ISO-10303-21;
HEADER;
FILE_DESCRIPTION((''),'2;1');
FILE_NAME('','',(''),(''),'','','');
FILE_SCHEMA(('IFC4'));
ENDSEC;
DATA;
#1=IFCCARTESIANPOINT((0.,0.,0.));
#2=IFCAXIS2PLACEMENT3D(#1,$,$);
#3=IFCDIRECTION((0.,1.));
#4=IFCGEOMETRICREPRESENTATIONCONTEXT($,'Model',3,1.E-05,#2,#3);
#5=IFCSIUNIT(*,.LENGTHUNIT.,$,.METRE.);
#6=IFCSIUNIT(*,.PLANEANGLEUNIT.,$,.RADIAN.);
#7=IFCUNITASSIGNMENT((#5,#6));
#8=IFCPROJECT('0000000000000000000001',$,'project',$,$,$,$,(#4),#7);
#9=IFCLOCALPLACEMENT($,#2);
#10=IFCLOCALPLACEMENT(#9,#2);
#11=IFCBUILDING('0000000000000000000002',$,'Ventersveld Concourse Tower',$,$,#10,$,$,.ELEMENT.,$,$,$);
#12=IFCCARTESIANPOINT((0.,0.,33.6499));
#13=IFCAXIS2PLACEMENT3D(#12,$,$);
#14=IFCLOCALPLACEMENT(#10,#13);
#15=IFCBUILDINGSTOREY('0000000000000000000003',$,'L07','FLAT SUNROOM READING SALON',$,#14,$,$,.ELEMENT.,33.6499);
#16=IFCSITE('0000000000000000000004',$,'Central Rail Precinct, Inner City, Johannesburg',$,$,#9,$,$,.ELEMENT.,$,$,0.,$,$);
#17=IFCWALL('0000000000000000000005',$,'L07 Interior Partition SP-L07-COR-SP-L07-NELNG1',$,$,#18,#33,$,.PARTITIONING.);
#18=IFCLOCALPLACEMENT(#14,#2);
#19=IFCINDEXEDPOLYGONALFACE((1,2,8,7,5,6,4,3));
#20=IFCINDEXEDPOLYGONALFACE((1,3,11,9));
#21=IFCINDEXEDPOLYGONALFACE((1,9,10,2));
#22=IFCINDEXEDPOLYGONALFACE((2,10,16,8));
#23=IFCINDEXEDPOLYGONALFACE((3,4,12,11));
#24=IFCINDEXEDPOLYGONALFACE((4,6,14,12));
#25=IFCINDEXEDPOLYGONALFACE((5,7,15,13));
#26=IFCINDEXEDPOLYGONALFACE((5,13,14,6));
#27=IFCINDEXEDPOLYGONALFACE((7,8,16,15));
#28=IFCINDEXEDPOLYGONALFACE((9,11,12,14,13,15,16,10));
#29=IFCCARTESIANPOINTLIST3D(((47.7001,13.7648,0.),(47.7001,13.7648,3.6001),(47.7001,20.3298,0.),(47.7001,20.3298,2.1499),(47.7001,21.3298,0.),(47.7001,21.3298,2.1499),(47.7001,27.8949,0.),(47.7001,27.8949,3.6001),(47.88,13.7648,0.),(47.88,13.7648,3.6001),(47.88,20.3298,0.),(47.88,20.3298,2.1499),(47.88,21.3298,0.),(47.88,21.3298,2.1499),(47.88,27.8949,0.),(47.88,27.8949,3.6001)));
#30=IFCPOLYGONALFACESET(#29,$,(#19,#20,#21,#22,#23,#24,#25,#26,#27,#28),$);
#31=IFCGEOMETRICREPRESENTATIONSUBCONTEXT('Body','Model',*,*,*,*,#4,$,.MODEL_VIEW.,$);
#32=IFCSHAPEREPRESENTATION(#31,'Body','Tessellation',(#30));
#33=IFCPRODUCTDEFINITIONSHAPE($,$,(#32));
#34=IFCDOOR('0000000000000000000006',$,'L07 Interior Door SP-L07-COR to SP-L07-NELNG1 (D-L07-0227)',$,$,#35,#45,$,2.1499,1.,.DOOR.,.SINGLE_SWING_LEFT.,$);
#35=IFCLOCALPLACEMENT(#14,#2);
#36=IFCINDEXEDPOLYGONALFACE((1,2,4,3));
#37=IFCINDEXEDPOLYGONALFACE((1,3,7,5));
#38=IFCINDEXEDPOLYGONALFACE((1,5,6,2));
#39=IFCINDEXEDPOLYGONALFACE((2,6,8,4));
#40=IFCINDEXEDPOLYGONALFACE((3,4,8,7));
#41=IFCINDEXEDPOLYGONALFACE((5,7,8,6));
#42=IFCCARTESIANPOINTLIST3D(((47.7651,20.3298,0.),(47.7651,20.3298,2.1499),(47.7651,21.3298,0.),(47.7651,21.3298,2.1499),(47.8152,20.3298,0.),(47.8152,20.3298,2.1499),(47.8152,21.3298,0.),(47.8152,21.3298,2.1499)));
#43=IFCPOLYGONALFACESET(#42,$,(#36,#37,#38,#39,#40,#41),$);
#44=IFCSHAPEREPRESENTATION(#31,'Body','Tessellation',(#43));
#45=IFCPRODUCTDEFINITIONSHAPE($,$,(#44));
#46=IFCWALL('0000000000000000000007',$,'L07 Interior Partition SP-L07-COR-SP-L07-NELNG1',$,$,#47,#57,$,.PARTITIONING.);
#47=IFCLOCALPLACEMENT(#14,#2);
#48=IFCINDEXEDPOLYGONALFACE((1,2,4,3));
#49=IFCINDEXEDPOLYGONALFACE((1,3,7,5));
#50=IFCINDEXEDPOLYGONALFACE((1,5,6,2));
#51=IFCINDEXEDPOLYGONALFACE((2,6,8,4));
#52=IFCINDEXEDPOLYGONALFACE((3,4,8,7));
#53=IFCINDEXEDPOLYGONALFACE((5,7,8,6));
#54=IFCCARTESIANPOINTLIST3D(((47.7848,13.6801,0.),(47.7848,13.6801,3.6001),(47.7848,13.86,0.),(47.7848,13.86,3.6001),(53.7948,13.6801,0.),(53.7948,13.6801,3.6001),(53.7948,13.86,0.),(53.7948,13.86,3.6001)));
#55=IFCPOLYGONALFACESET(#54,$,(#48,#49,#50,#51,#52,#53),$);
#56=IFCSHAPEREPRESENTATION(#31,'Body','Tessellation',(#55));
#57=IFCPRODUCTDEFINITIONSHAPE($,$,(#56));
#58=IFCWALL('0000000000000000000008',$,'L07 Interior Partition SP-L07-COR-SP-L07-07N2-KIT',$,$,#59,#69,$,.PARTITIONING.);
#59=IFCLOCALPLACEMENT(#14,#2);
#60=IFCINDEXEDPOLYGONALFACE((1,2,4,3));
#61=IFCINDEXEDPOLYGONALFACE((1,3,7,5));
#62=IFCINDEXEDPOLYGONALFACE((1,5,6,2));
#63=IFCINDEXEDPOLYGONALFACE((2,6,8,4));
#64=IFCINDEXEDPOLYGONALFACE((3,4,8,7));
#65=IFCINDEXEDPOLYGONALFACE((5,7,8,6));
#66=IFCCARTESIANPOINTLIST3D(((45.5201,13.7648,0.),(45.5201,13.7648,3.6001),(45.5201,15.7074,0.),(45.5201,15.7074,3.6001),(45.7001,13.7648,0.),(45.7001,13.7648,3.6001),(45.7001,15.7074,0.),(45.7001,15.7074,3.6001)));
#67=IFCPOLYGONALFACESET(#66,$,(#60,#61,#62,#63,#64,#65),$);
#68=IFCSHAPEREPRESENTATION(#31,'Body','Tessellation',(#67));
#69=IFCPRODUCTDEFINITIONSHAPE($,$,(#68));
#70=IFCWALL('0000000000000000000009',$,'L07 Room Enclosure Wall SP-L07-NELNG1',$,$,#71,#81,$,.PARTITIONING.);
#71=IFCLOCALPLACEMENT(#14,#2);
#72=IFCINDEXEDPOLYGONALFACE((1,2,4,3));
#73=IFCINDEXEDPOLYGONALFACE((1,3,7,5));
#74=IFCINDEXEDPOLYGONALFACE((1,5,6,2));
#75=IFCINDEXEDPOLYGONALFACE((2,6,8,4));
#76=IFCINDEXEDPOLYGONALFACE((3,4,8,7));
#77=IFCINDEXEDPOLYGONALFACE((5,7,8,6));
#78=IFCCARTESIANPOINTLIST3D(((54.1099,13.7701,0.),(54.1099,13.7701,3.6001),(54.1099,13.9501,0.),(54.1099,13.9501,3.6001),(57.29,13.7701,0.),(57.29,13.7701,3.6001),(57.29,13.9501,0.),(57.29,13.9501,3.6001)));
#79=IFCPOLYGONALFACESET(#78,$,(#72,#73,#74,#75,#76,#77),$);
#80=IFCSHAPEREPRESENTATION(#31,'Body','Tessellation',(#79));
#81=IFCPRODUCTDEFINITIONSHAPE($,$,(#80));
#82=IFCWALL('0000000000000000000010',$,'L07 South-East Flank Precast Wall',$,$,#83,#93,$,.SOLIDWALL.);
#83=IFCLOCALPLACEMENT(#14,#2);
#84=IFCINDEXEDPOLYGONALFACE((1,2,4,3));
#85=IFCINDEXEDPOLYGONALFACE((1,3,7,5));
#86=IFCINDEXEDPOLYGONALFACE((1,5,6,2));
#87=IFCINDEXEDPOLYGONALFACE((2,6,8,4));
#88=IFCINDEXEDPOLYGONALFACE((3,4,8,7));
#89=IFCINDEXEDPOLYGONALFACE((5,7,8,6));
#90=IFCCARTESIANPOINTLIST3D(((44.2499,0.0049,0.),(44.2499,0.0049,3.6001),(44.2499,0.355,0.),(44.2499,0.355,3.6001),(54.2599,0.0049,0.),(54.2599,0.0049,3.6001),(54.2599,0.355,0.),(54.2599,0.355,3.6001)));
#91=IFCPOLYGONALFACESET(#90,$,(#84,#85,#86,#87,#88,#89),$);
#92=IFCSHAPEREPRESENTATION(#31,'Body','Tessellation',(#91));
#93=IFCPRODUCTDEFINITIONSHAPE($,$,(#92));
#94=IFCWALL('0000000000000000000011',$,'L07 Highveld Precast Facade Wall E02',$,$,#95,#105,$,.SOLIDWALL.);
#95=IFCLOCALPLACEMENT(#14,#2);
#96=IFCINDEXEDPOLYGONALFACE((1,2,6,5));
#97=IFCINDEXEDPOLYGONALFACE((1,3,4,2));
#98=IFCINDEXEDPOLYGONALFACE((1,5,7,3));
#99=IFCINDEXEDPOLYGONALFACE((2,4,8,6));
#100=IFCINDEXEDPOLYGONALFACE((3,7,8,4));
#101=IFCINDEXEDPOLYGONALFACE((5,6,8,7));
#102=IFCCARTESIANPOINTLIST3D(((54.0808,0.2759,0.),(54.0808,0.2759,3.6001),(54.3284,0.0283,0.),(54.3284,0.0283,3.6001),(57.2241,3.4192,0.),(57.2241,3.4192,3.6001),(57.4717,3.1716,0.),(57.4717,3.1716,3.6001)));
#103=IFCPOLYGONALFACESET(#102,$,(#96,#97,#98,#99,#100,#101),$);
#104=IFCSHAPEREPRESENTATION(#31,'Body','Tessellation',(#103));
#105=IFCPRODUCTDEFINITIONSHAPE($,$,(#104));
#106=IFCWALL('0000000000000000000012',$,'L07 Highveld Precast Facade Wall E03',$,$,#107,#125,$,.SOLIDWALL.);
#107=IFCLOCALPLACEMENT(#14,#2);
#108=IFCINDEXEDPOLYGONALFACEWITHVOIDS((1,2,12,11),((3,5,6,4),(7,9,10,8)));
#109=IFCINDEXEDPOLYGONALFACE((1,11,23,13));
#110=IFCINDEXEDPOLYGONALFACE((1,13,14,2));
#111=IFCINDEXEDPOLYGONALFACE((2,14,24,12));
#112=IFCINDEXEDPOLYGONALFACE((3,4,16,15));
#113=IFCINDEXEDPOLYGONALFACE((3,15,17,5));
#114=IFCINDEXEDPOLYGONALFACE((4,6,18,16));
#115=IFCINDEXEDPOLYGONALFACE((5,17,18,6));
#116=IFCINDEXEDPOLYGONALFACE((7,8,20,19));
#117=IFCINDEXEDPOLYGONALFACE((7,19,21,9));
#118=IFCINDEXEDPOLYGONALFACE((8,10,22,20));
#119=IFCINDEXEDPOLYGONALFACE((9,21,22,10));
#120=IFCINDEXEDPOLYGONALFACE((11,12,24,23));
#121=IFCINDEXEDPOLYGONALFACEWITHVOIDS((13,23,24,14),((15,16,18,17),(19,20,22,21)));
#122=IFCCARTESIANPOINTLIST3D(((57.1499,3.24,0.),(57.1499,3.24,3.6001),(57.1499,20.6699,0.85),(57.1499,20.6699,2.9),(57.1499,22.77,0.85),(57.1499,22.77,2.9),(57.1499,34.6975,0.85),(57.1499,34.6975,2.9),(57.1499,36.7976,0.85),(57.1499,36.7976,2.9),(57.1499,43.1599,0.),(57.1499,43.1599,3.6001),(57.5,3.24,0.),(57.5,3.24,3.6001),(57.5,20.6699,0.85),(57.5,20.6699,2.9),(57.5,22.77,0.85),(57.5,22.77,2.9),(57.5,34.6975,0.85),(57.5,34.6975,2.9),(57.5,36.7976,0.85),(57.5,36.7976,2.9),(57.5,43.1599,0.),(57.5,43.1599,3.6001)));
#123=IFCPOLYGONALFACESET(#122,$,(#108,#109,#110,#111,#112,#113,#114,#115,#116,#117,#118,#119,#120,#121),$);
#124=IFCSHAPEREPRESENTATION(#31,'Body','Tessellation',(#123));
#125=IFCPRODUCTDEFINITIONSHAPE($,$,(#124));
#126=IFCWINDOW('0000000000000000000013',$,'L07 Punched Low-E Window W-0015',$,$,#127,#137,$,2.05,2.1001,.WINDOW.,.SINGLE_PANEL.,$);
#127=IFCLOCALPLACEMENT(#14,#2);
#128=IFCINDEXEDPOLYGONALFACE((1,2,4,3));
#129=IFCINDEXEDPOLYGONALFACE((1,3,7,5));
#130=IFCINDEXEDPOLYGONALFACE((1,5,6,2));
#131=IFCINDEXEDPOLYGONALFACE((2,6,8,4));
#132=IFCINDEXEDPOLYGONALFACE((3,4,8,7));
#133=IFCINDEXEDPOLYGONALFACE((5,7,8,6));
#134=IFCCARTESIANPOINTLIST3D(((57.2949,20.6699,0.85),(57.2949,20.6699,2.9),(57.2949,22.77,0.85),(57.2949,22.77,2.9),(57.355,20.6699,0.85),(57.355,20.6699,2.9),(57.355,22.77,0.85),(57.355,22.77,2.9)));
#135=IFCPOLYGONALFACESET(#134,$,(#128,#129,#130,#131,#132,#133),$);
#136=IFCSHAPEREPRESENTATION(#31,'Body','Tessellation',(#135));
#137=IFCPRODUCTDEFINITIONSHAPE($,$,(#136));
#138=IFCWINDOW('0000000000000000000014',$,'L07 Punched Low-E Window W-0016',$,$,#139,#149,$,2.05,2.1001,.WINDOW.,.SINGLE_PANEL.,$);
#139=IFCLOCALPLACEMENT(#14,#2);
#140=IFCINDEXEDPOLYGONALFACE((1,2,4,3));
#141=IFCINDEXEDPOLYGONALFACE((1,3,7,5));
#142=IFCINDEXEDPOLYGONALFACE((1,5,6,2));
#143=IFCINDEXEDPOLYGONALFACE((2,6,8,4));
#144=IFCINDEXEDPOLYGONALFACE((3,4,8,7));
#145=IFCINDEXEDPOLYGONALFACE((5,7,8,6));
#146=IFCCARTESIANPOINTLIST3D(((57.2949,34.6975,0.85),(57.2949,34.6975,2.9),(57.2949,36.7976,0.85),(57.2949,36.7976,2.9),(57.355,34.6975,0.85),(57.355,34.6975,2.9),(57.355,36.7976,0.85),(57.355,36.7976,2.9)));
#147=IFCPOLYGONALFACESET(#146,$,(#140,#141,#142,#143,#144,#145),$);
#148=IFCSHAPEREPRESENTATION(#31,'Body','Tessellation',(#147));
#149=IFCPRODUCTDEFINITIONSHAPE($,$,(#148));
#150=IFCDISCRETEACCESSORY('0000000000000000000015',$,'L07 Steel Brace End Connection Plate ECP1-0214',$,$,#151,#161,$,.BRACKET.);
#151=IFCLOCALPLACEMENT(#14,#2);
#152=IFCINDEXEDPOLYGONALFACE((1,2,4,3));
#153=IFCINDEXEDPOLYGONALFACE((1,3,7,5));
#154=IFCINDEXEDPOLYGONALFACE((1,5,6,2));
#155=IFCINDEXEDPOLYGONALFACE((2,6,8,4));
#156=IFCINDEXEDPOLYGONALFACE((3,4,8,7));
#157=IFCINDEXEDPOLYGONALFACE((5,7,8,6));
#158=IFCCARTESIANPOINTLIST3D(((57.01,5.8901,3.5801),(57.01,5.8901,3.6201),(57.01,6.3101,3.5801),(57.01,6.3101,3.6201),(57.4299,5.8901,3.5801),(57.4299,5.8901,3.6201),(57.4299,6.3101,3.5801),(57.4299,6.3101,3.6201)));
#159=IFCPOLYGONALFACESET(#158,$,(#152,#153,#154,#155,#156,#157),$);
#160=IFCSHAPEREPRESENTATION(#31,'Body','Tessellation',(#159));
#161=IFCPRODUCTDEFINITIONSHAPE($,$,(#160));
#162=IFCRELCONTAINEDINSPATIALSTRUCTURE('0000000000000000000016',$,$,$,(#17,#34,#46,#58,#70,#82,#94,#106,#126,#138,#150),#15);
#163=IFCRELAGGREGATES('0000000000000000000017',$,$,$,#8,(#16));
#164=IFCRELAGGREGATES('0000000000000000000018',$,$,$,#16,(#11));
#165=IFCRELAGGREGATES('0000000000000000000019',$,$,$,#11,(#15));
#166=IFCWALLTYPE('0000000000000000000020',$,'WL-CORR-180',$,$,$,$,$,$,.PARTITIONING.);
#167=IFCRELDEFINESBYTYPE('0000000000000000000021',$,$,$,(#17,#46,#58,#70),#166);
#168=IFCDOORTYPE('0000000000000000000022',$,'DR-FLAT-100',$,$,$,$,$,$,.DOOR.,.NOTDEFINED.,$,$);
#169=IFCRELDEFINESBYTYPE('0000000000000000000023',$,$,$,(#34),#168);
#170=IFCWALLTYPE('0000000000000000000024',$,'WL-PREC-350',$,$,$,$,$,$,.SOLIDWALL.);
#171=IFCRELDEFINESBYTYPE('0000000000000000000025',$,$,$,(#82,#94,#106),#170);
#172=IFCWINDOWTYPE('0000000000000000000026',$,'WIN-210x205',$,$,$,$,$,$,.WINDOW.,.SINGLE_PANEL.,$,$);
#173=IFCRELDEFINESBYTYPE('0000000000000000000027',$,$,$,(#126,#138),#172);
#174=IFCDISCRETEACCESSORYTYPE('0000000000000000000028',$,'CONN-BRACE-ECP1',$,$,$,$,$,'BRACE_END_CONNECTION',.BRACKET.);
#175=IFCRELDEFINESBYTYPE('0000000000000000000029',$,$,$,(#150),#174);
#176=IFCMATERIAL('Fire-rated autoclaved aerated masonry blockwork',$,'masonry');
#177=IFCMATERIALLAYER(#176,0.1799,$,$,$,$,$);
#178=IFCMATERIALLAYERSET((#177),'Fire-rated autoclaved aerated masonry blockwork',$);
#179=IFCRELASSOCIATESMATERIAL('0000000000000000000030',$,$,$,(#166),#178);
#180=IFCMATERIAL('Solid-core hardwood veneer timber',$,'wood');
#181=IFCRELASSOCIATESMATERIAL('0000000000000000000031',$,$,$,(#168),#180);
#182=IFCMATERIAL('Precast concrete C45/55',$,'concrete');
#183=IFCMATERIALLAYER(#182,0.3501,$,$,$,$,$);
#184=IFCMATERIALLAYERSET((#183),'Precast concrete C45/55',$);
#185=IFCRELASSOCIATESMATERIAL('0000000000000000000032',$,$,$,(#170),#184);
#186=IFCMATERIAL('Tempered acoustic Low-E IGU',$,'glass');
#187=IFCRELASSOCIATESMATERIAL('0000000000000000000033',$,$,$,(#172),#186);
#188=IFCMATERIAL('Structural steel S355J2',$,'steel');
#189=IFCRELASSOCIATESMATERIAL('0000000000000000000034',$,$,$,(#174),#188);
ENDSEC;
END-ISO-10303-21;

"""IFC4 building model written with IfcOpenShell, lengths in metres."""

from ifc_helpers import new_model, si_unit, direction, frame, frame_2d, origin, origin_2d, place, context, subcontext, project, spatial, rectangle, extrude, material, layer, layer_set, type_object, element, fill, save


model = new_model("IFC4")

# Units and contexts
model_context = context("Model", 3, precision=1e-05, world=origin(), true_north=direction((0.0, 1.0)))
body_context = subcontext(model_context, "Body", "Model", "MODEL_VIEW")
ifc_project = project(units=[si_unit("LENGTHUNIT", "METRE"), si_unit("PLANEANGLEUNIT", "RADIAN")], contexts=[model_context])

# Site, building, storey
site_placement = place(None, origin())
site = spatial("IfcSite", under=ifc_project, at=site_placement, Name="Central Rail Precinct, Inner City, Johannesburg", CompositionType="ELEMENT", RefElevation=0.0)
building_placement = place(site_placement, origin())
building = spatial("IfcBuilding", under=site, at=building_placement, Name="Ventersveld Concourse Tower", CompositionType="ELEMENT")
storey_placement = place(building_placement, frame((0.0, 0.0, 33.6499)))
storey = spatial("IfcBuildingStorey", under=building, at=storey_placement, Name="L07", Description="FLAT SUNROOM READING SALON", CompositionType="ELEMENT", Elevation=33.6499)

# Shared definitions
ifc_material_1 = material(Name="Structural steel S355J2", Category="steel")

# Wall, opening, door
ifc_material_2 = material(Name="Fire-rated autoclaved aerated masonry blockwork", Category="masonry")
ifc_layer_1 = layer(ifc_material_2, 0.1799)
ifc_layer_set_1 = layer_set([ifc_layer_1], Name="Fire-rated autoclaved aerated masonry blockwork")
wall_type_1 = type_object("IfcWallType", Name="WL-CORR-180", PredefinedType="PARTITIONING", material=ifc_layer_set_1)
wall_1_placement = place(storey_placement, frame((47.79, 13.7649, 0.0), z_axis=(0.0, 0.0, 1.0), x_axis=(0.0, 1.0, 0.0)))
wall_1 = element("IfcWall", 1, at=wall_1_placement, inside=storey, type_object=wall_type_1, Name="L07 Interior Partition SP-L07-COR-SP-L07-NELNG1", PredefinedType="PARTITIONING", context=body_context, shape_type="SweptSolid", body=[
    extrude(rectangle(XDim=14.1301, YDim=0.1799, at=frame_2d((7.0649, 0.0))), origin(), (0.0, 0.0, 1.0), 3.6001),
])
opening_1_placement = place(wall_1_placement, frame((6.5649, 0.0, 0.0)))
opening_1 = element("IfcOpeningElement", 2, at=opening_1_placement, cuts=wall_1, PredefinedType="OPENING", context=body_context, shape_type="SweptSolid", body=[
    extrude(rectangle(XDim=1.0, YDim=2.1499, at=frame_2d((0.5, 1.075))), frame((0.0, 0.1001, 0.0), z_axis=(0.0, -1.0, 0.0), x_axis=(1.0, 0.0, 0.0)), (0.0, 0.0, 1.0), 0.2),
])
ifc_material_3 = material(Name="Solid-core hardwood veneer timber", Category="wood")
door_type = type_object("IfcDoorType", Name="DR-FLAT-100", OperationType="NOTDEFINED", PredefinedType="DOOR", material=ifc_material_3)
door_placement = place(opening_1_placement, origin())
door = element("IfcDoor", 3, at=door_placement, inside=storey, type_object=door_type, Name="L07 Interior Door SP-L07-COR to SP-L07-NELNG1 (D-L07-0227)", OperationType="SINGLE_SWING_LEFT", OverallHeight=2.1499, OverallWidth=1.0, PredefinedType="DOOR", context=body_context, shape_type="SweptSolid", body=[
    extrude(rectangle(XDim=1.0, YDim=2.1499, at=frame_2d((0.5, 1.075))), frame((0.0, 0.0249, 0.0), z_axis=(0.0, -1.0, 0.0), x_axis=(1.0, 0.0, 0.0)), (0.0, 0.0, 1.0), 0.05),
])
fill(opening_1, door)

# Walls
wall_2_placement = place(storey_placement, frame((47.7849, 13.77, 0.0), z_axis=(0.0, 0.0, 1.0), x_axis=(1.0, 0.0, 0.0)))
element("IfcWall", 4, at=wall_2_placement, inside=storey, type_object=wall_type_1, Name="L07 Interior Partition SP-L07-COR-SP-L07-NELNG1", PredefinedType="PARTITIONING", context=body_context, shape_type="SweptSolid", body=[
    extrude(rectangle(XDim=6.01, YDim=0.1799, at=frame_2d((3.0049, 0.0))), origin(), (0.0, 0.0, 1.0), 3.6001),
])
wall_3_placement = place(storey_placement, frame((45.6101, 13.7649, 0.0), z_axis=(0.0, 0.0, 1.0), x_axis=(0.0, 1.0, 0.0)))
element("IfcWall", 5, at=wall_3_placement, inside=storey, type_object=wall_type_1, Name="L07 Interior Partition SP-L07-COR-SP-L07-07N2-KIT", PredefinedType="PARTITIONING", context=body_context, shape_type="SweptSolid", body=[
    extrude(rectangle(XDim=1.9426, YDim=0.1799, at=frame_2d((0.9712, 0.0))), origin(), (0.0, 0.0, 1.0), 3.6001),
])
wall_4_placement = place(storey_placement, frame((57.29, 13.8601, 0.0), z_axis=(0.0, 0.0, 1.0), x_axis=(-1.0, 0.0, 0.0)))
element("IfcWall", 6, at=wall_4_placement, inside=storey, type_object=wall_type_1, Name="L07 Room Enclosure Wall SP-L07-NELNG1", PredefinedType="PARTITIONING", context=body_context, shape_type="SweptSolid", body=[
    extrude(rectangle(XDim=3.1802, YDim=0.1799, at=frame_2d((1.5901, 0.0))), origin(), (0.0, 0.0, 1.0), 3.6001),
])
ifc_material_4 = material(Name="Precast concrete C45/55", Category="concrete")
ifc_layer_2 = layer(ifc_material_4, 0.3501)
ifc_layer_set_2 = layer_set([ifc_layer_2], Name="Precast concrete C45/55")
wall_type_2 = type_object("IfcWallType", Name="WL-PREC-350", PredefinedType="SOLIDWALL", material=ifc_layer_set_2)
wall_5_placement = place(storey_placement, frame((44.25, 0.1799, 0.0), z_axis=(0.0, 0.0, 1.0), x_axis=(1.0, 0.0, 0.0)))
element("IfcWall", 7, at=wall_5_placement, inside=storey, type_object=wall_type_2, Name="L07 South-East Flank Precast Wall", PredefinedType="SOLIDWALL", context=body_context, shape_type="SweptSolid", body=[
    extrude(rectangle(XDim=10.01, YDim=0.3501, at=frame_2d((5.0049, 0.0))), origin(), (0.0, 0.0, 1.0), 3.6001),
])
wall_6_placement = place(storey_placement, frame((54.2046, 0.1521, 0.0), z_axis=(0.0, 0.0, 1.0), x_axis=(0.707107, 0.707107, 0.0)))
element("IfcWall", 8, at=wall_6_placement, inside=storey, type_object=wall_type_2, Name="L07 Highveld Precast Facade Wall E02", PredefinedType="SOLIDWALL", context=body_context, shape_type="SweptSolid", body=[
    extrude(rectangle(XDim=4.4453, YDim=0.3501, at=frame_2d((2.2227, 0.0))), origin(), (0.0, 0.0, 1.0), 3.6001),
])

# Wall, openings, windows
wall_7_placement = place(storey_placement, frame((57.325, 3.24, 0.0), z_axis=(0.0, 0.0, 1.0), x_axis=(0.0, 1.0, 0.0)))
wall_7 = element("IfcWall", 9, at=wall_7_placement, inside=storey, type_object=wall_type_2, Name="L07 Highveld Precast Facade Wall E03", PredefinedType="SOLIDWALL", context=body_context, shape_type="SweptSolid", body=[
    extrude(rectangle(XDim=39.9199, YDim=0.3501, at=frame_2d((19.96, 0.0))), origin(), (0.0, 0.0, 1.0), 3.6001),
])
opening_2_placement = place(wall_7_placement, frame((17.4299, 0.0, 0.8501)))
opening_2 = element("IfcOpeningElement", 10, at=opening_2_placement, cuts=wall_7, PredefinedType="OPENING", context=body_context, shape_type="SweptSolid", body=[
    extrude(rectangle(XDim=2.1001, YDim=2.05, at=frame_2d((1.05, 1.0249))), frame((0.0, 0.1851, 0.0), z_axis=(0.0, -1.0, 0.0), x_axis=(1.0, 0.0, 0.0)), (0.0, 0.0, 1.0), 0.3701),
])
opening_3_placement = place(wall_7_placement, frame((31.4575, 0.0, 0.8501)))
opening_3 = element("IfcOpeningElement", 11, at=opening_3_placement, cuts=wall_7, PredefinedType="OPENING", context=body_context, shape_type="SweptSolid", body=[
    extrude(rectangle(XDim=2.1001, YDim=2.05, at=frame_2d((1.05, 1.0249))), frame((0.0, 0.1851, 0.0), z_axis=(0.0, -1.0, 0.0), x_axis=(1.0, 0.0, 0.0)), (0.0, 0.0, 1.0), 0.3701),
])
ifc_material_5 = material(Name="Tempered acoustic Low-E IGU", Category="glass")
window_type = type_object("IfcWindowType", Name="WIN-210x205", PartitioningType="SINGLE_PANEL", PredefinedType="WINDOW", material=ifc_material_5)
window_1_placement = place(opening_2_placement, origin())
window_1 = element("IfcWindow", 12, at=window_1_placement, inside=storey, type_object=window_type, Name="L07 Punched Low-E Window W-0015", OverallHeight=2.05, OverallWidth=2.1001, PartitioningType="SINGLE_PANEL", PredefinedType="WINDOW", context=body_context, shape_type="SweptSolid", body=[
    extrude(rectangle(XDim=2.1001, YDim=2.05, at=frame_2d((1.05, 1.0249))), frame((0.0, 0.03, 0.0), z_axis=(0.0, -1.0, 0.0), x_axis=(1.0, 0.0, 0.0)), (0.0, 0.0, 1.0), 0.0601),
])
fill(opening_2, window_1)
window_2_placement = place(opening_3_placement, origin())
window_2 = element("IfcWindow", 13, at=window_2_placement, inside=storey, type_object=window_type, Name="L07 Punched Low-E Window W-0016", OverallHeight=2.05, OverallWidth=2.1001, PartitioningType="SINGLE_PANEL", PredefinedType="WINDOW", context=body_context, shape_type="SweptSolid", body=[
    extrude(rectangle(XDim=2.1001, YDim=2.05, at=frame_2d((1.05, 1.0249))), frame((0.0, 0.03, 0.0), z_axis=(0.0, -1.0, 0.0), x_axis=(1.0, 0.0, 0.0)), (0.0, 0.0, 1.0), 0.0601),
])
fill(opening_3, window_2)

# Discrete accessory
discrete_accessory_type = type_object("IfcDiscreteAccessoryType", Name="CONN-BRACE-ECP1", ElementType="BRACE_END_CONNECTION", PredefinedType="BRACKET", material=ifc_material_1)
discrete_accessory_placement = place(storey_placement, frame((57.22, 6.1001, 3.5801), z_axis=(0.0, 0.0, 1.0), x_axis=(1.0, 0.0, 0.0)))
element("IfcDiscreteAccessory", 14, at=discrete_accessory_placement, inside=storey, type_object=discrete_accessory_type, Name="L07 Steel Brace End Connection Plate ECP1-0214", PredefinedType="BRACKET", context=body_context, shape_type="SweptSolid", body=[
    extrude(rectangle(XDim=0.4199, YDim=0.4199, at=origin_2d()), origin(), (0.0, 0.0, 1.0), 0.04),
])

save(model, "model.ifc")
